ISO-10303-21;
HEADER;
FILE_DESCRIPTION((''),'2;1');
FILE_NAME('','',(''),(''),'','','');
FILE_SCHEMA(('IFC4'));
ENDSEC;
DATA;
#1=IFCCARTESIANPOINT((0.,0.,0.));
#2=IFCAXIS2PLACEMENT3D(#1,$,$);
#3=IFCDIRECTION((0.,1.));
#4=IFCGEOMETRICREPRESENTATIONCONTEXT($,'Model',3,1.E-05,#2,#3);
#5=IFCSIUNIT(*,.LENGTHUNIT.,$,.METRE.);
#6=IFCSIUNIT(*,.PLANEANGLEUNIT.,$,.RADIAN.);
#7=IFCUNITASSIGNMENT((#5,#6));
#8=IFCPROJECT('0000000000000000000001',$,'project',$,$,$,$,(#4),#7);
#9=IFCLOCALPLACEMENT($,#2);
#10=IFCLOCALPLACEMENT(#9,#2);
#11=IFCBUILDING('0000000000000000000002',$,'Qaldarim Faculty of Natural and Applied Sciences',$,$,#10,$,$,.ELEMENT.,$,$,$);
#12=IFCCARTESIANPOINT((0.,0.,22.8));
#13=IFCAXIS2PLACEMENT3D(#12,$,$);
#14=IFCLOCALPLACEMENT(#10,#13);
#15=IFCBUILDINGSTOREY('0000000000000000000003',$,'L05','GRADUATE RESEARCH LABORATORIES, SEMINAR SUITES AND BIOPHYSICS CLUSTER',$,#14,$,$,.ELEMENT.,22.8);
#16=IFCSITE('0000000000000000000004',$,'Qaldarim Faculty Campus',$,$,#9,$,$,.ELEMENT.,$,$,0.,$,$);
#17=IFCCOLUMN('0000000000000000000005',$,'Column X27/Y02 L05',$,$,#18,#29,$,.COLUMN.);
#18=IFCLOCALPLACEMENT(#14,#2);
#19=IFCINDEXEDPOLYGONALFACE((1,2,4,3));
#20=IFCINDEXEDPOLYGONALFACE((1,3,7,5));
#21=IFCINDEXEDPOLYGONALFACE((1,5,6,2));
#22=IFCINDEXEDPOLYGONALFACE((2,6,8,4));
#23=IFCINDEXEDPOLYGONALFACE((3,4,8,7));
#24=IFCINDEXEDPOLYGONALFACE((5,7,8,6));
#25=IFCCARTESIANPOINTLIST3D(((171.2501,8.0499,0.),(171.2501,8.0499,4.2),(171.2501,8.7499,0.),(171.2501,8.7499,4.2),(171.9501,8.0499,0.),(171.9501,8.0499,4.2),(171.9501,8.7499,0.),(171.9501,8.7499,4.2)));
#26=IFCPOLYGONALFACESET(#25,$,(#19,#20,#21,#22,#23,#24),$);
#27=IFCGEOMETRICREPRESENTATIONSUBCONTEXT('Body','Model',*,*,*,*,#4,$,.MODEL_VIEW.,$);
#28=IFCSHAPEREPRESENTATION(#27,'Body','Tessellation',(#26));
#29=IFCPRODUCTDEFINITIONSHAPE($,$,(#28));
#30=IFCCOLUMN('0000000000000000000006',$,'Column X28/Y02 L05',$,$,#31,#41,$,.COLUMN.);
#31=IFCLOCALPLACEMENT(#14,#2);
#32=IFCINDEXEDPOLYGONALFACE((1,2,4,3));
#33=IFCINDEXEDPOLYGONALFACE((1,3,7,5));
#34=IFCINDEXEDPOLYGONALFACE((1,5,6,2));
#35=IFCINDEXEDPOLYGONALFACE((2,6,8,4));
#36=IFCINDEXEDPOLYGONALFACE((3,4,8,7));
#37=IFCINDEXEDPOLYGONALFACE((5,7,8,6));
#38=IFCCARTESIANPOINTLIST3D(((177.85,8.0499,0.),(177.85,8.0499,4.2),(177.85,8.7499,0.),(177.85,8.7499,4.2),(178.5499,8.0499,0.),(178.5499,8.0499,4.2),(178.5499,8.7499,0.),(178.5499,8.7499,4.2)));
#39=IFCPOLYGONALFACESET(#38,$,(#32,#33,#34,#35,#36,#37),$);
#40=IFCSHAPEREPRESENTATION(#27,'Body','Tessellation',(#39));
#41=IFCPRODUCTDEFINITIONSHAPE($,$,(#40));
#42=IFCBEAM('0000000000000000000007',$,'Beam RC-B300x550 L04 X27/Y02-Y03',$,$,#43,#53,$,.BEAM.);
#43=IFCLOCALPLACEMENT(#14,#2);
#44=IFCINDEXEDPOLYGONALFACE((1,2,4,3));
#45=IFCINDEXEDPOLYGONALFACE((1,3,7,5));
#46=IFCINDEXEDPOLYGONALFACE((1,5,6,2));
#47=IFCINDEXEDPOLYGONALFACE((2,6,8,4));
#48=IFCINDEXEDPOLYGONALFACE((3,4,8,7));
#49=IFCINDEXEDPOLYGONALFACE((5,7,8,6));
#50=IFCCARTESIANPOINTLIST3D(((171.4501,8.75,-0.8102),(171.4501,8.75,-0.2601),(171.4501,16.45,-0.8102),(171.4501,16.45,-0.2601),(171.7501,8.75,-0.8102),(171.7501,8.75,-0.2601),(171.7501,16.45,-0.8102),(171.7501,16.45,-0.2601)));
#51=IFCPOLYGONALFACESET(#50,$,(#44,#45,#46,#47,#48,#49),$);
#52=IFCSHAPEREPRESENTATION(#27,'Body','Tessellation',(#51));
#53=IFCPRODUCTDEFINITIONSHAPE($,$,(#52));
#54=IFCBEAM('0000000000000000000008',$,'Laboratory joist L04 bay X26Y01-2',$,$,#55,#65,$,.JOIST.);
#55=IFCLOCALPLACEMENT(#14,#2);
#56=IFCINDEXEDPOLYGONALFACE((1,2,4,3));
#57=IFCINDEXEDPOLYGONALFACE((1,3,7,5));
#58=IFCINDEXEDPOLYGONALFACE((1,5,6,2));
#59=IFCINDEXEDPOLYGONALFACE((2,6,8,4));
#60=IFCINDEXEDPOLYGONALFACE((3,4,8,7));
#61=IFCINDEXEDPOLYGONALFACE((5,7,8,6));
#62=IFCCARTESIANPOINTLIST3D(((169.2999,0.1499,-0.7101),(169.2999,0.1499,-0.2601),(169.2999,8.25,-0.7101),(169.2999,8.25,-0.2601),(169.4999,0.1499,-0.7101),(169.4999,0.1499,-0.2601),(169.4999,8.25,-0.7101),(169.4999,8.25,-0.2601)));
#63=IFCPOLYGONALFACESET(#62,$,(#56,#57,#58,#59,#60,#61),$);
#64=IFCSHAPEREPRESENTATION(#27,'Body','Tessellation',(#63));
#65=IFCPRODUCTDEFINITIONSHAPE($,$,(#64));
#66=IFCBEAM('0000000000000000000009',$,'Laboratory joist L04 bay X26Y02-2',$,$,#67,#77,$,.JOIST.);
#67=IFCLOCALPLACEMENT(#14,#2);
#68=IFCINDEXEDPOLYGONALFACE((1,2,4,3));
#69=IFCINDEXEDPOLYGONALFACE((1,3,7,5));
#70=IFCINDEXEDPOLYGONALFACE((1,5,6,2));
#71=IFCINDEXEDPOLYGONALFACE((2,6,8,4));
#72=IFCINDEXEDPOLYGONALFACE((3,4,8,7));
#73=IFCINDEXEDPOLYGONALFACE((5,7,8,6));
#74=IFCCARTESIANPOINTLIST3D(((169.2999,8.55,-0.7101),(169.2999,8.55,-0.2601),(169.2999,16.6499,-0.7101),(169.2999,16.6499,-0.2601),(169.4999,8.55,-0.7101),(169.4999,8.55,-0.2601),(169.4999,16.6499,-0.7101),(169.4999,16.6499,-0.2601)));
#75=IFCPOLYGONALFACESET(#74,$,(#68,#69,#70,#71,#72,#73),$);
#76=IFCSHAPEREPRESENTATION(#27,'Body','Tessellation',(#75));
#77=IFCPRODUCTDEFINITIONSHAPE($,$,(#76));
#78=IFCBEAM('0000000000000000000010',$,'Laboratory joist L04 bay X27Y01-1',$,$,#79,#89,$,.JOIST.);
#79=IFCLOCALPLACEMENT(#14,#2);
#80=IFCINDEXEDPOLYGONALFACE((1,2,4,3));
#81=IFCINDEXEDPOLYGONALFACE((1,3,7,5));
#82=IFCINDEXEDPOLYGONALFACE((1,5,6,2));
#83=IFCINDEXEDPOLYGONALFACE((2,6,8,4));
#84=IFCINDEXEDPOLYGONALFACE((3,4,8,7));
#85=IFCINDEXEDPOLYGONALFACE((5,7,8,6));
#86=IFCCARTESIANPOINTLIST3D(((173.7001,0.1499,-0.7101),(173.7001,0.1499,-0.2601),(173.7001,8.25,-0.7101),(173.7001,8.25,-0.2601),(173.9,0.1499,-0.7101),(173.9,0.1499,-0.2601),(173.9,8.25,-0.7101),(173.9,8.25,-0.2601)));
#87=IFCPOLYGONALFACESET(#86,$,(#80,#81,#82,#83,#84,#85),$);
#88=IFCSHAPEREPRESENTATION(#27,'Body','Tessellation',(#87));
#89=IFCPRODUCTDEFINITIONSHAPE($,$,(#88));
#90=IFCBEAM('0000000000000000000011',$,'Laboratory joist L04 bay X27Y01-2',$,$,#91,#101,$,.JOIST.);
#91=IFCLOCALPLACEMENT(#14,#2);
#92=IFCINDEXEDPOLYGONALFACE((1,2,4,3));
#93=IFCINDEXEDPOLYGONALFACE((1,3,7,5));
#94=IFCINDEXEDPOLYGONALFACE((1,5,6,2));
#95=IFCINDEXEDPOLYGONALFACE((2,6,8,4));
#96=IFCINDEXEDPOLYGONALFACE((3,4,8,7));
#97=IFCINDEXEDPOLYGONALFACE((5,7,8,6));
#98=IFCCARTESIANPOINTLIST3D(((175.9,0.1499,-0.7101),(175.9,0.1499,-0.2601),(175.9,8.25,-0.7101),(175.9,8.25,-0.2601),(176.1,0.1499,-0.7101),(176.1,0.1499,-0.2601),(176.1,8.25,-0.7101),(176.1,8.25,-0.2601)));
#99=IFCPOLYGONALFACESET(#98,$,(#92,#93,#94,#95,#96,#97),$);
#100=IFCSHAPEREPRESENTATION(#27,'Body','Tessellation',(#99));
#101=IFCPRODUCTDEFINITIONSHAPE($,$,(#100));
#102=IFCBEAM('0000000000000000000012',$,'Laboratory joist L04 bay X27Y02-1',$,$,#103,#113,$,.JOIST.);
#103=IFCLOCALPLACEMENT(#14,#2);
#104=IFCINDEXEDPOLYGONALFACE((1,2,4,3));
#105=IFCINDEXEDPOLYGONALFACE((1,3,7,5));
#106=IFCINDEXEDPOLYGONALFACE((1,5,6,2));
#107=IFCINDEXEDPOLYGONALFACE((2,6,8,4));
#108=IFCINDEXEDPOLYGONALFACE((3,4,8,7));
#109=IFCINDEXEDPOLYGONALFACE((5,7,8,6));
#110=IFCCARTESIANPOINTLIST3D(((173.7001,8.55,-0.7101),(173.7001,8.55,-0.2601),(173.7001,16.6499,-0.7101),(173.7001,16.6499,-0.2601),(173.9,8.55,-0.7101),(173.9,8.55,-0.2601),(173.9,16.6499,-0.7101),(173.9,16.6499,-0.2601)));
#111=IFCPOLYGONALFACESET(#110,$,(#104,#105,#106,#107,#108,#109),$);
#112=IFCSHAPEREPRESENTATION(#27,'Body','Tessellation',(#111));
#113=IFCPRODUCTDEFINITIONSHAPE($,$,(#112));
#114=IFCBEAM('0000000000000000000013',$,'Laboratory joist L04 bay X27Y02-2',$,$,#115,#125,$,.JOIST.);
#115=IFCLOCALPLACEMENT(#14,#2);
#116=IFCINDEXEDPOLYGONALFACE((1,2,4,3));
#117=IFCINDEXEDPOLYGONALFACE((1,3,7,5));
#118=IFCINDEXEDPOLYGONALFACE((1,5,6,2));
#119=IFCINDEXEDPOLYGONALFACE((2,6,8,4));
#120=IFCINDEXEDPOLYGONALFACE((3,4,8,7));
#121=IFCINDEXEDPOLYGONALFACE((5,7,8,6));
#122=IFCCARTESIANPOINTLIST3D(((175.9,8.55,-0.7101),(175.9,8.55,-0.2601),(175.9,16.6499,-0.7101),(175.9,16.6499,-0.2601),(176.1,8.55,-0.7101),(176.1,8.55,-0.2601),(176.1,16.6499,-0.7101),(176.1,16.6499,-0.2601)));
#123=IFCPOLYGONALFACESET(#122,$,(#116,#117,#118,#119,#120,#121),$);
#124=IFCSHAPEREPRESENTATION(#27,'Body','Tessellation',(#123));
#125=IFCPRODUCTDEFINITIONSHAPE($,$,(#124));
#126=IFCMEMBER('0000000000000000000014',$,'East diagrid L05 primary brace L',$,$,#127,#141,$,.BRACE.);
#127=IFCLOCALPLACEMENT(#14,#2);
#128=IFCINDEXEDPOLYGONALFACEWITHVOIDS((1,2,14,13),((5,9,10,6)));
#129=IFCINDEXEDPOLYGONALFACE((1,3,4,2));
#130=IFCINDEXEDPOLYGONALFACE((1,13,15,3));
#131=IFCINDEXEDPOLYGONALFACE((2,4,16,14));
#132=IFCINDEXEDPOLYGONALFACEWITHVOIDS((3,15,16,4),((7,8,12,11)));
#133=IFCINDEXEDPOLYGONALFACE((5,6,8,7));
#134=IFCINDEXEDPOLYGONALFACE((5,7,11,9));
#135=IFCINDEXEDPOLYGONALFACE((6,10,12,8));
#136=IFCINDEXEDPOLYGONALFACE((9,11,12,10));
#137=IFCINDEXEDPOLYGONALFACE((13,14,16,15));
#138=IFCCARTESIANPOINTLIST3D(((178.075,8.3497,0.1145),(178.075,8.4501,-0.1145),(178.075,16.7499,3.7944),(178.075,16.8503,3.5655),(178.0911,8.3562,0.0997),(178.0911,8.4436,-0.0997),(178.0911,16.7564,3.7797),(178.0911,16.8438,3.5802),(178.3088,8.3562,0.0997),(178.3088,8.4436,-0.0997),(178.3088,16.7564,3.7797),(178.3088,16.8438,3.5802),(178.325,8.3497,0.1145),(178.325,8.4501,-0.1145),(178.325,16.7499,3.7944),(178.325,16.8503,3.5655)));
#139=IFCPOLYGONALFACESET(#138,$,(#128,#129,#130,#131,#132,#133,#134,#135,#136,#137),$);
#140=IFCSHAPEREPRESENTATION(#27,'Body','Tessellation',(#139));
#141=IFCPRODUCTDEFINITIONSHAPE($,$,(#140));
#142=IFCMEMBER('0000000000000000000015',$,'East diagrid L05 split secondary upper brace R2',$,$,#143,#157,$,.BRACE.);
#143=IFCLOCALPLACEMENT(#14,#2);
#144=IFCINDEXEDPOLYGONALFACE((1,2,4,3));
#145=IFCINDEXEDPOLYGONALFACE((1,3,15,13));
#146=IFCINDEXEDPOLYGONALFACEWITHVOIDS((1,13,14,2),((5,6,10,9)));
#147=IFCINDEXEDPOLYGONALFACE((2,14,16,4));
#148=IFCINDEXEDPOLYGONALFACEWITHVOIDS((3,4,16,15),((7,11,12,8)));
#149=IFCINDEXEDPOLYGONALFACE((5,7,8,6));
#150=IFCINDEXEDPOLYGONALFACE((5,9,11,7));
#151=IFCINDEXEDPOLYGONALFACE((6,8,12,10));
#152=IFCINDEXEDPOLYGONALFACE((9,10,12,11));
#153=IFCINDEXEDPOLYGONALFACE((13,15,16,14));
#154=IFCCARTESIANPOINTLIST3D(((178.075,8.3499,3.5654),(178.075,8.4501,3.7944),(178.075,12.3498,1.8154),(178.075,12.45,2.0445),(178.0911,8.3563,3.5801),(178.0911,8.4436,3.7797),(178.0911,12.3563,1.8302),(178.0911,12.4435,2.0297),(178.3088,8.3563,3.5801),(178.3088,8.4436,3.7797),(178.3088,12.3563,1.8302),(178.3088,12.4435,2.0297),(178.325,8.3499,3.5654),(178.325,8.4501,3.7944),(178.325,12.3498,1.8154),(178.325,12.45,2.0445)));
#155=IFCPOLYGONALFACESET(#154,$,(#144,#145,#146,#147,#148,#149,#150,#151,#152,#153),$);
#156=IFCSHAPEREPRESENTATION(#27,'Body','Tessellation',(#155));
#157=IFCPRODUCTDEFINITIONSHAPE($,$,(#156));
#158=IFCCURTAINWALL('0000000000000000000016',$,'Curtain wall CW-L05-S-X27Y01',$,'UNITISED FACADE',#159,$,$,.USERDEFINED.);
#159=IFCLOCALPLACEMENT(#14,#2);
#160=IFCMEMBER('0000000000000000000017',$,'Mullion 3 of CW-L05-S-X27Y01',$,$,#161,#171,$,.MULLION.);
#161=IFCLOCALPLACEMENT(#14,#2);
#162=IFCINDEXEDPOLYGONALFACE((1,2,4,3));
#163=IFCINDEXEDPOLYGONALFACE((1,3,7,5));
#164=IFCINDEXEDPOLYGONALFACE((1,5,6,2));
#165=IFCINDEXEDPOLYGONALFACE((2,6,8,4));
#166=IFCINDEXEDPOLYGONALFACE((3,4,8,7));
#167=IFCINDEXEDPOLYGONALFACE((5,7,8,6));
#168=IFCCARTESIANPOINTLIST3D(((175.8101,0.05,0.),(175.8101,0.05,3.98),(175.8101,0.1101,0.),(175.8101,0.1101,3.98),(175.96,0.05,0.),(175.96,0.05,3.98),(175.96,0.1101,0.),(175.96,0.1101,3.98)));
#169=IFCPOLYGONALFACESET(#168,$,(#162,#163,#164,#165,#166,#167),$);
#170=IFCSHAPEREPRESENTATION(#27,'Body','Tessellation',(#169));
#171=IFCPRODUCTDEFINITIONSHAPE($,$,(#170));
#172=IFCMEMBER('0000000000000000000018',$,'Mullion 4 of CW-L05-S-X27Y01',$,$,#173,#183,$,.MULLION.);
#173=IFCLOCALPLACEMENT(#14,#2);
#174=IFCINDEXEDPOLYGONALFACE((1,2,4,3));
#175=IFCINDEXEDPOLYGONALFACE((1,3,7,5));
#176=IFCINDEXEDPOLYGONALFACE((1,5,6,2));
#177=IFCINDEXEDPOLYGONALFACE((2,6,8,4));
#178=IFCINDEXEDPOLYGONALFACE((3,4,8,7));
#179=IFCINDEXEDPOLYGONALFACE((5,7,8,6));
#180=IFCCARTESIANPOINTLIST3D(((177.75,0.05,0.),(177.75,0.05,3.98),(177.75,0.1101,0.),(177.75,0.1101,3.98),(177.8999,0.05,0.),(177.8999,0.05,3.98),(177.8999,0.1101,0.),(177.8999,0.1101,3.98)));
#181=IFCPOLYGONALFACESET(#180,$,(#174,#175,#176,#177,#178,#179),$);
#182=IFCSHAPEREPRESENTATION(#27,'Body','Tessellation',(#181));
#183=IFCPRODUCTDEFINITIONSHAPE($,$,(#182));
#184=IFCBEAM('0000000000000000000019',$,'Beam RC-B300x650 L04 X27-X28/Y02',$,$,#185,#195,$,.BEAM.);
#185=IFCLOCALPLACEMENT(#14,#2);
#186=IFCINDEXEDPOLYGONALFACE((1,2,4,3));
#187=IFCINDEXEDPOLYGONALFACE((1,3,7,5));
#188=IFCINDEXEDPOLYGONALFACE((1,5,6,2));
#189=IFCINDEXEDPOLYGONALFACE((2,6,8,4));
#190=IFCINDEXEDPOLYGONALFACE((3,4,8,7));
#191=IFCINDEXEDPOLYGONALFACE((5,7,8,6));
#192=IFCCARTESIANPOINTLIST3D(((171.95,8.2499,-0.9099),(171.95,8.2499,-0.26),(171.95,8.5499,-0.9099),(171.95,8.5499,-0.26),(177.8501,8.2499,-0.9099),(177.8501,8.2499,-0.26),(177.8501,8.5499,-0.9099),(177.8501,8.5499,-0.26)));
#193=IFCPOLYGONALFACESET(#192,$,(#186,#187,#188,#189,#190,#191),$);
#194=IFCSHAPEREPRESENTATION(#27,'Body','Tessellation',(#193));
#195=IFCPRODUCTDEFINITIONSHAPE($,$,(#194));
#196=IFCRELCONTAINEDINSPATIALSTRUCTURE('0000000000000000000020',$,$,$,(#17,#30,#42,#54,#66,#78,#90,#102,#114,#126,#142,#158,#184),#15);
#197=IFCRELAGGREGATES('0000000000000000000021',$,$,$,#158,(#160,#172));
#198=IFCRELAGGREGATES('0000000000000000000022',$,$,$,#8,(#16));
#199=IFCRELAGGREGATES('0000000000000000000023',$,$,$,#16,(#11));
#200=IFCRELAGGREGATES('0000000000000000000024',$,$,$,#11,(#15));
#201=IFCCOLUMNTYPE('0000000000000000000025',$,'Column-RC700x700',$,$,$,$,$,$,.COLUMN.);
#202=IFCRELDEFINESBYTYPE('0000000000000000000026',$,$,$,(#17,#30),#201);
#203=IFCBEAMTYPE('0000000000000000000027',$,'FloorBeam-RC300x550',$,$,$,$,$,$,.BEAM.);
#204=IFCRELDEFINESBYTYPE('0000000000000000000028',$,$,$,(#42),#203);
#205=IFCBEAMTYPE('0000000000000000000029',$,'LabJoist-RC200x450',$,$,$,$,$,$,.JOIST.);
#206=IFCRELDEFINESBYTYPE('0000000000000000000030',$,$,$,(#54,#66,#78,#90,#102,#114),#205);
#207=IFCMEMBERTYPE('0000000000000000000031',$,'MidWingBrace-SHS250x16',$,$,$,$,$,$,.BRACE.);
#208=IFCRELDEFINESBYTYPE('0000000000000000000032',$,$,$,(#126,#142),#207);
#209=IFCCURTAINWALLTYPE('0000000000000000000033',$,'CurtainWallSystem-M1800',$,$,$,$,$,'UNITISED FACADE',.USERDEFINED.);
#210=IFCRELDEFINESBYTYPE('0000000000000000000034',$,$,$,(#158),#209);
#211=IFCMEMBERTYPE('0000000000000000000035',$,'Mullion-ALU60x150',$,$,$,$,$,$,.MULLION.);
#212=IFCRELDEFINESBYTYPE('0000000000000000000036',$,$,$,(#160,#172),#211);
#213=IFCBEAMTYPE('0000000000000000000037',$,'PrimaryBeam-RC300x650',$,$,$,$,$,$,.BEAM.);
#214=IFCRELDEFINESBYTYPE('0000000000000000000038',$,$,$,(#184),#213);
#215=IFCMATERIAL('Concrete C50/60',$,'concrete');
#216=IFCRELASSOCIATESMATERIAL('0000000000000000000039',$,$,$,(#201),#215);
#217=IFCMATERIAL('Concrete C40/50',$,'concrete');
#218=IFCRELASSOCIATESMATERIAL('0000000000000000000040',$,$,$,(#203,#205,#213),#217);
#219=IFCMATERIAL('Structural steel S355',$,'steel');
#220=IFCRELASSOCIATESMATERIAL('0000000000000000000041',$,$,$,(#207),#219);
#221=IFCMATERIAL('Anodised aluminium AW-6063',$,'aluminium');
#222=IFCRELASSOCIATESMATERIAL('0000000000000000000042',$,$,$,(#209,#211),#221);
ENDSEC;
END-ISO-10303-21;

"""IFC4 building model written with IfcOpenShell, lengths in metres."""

from ifc_helpers import new_model, si_unit, direction, frame, origin, origin_2d, place, context, subcontext, project, spatial, rectangle, hollow_rectangle, extrude, material, material_profile, profile_set, type_object, element, aggregate, save


model = new_model("IFC4")

# Units and contexts
model_context = context("Model", 3, precision=1e-05, world=origin(), true_north=direction((0.0, 1.0)))
body_context = subcontext(model_context, "Body", "Model", "MODEL_VIEW")
ifc_project = project(units=[si_unit("LENGTHUNIT", "METRE"), si_unit("PLANEANGLEUNIT", "RADIAN")], contexts=[model_context])

# Site, building, storey
site_placement = place(None, origin())
site = spatial("IfcSite", under=ifc_project, at=site_placement, Name="Qaldarim Faculty Campus", CompositionType="ELEMENT", RefElevation=0.0)
building_placement = place(site_placement, origin())
building = spatial("IfcBuilding", under=site, at=building_placement, Name="Qaldarim Faculty of Natural and Applied Sciences", CompositionType="ELEMENT")
storey_placement = place(building_placement, frame((0.0, 0.0, 22.8)))
storey = spatial("IfcBuildingStorey", under=building, at=storey_placement, Name="L05", Description="GRADUATE RESEARCH LABORATORIES, SEMINAR SUITES AND BIOPHYSICS CLUSTER", CompositionType="ELEMENT", Elevation=22.8)

# Columns
ifc_material_1 = material(Name="Concrete C50/60", Category="concrete")
ifc_material_profile_1 = material_profile(ifc_material_1, rectangle(XDim=0.7, YDim=0.7, at=origin_2d()), Name="RC-C700x700")
ifc_profile_set_1 = profile_set([ifc_material_profile_1], Name="Concrete C50/60")
column_type = type_object("IfcColumnType", Name="Column-RC700x700", PredefinedType="COLUMN", material=ifc_profile_set_1)
for number, where, z_axis, x_axis, name in (
    (1, (171.6001, 8.3999, 0.0), (0.0, 0.0, 1.0), (1.0, 0.0, 0.0), "Column X27/Y02 L05"),
    (2, (178.2, 8.3999, 0.0), (0.0, 0.0, 1.0), (1.0, 0.0, 0.0), "Column X28/Y02 L05"),
):
    element("IfcColumn", number, at=place(storey_placement, frame(where, z_axis=z_axis, x_axis=x_axis)), inside=storey, type_object=column_type, Name=name, PredefinedType="COLUMN", context=body_context, shape_type="SweptSolid", body=[
        extrude(rectangle(XDim=0.7, YDim=0.7, at=origin_2d()), origin(), (0.0, 0.0, 1.0), 4.2),
    ])

# Beams
ifc_material_2 = material(Name="Concrete C40/50", Category="concrete")
ifc_material_profile_2 = material_profile(ifc_material_2, rectangle(XDim=0.3, YDim=0.55, at=origin_2d()), Name="RC-B300x550")
ifc_profile_set_2 = profile_set([ifc_material_profile_2], Name="Concrete C40/50")
beam_type_1 = type_object("IfcBeamType", Name="FloorBeam-RC300x550", PredefinedType="BEAM", material=ifc_profile_set_2)
beam_1_placement = place(storey_placement, frame((171.6001, 8.75, -0.5352), z_axis=(0.0, 1.0, 0.0), x_axis=(-1.0, 0.0, 0.0)))
element("IfcBeam", 3, at=beam_1_placement, inside=storey, type_object=beam_type_1, Name="Beam RC-B300x550 L04 X27/Y02-Y03", PredefinedType="BEAM", context=body_context, shape_type="SweptSolid", body=[
    extrude(rectangle(XDim=0.3, YDim=0.55, at=origin_2d()), origin(), (0.0, 0.0, 1.0), 7.7),
])
ifc_material_profile_3 = material_profile(ifc_material_2, rectangle(XDim=0.2, YDim=0.45, at=origin_2d()), Name="RC-J200x450")
ifc_profile_set_3 = profile_set([ifc_material_profile_3], Name="Concrete C40/50")
beam_type_2 = type_object("IfcBeamType", Name="LabJoist-RC200x450", PredefinedType="JOIST", material=ifc_profile_set_3)
beam_2_placement = place(storey_placement, frame((169.3999, 0.1499, -0.4851), z_axis=(0.0, 1.0, 0.0), x_axis=(-1.0, 0.0, 0.0)))
element("IfcBeam", 4, at=beam_2_placement, inside=storey, type_object=beam_type_2, Name="Laboratory joist L04 bay X26Y01-2", PredefinedType="JOIST", context=body_context, shape_type="SweptSolid", body=[
    extrude(rectangle(XDim=0.2, YDim=0.45, at=origin_2d()), origin(), (0.0, 0.0, 1.0), 8.1001),
])
beam_3_placement = place(storey_placement, frame((169.3999, 8.55, -0.4851), z_axis=(0.0, 1.0, 0.0), x_axis=(-1.0, 0.0, 0.0)))
element("IfcBeam", 5, at=beam_3_placement, inside=storey, type_object=beam_type_2, Name="Laboratory joist L04 bay X26Y02-2", PredefinedType="JOIST", context=body_context, shape_type="SweptSolid", body=[
    extrude(rectangle(XDim=0.2, YDim=0.45, at=origin_2d()), origin(), (0.0, 0.0, 1.0), 8.0999),
])
for number, where, z_axis, x_axis, name in (
    (6, (173.8, 0.1499, -0.4851), (0.0, 1.0, 0.0), (-1.0, 0.0, 0.0), "Laboratory joist L04 bay X27Y01-1"),
    (7, (176.0, 0.1499, -0.4851), (0.0, 1.0, 0.0), (-1.0, 0.0, 0.0), "Laboratory joist L04 bay X27Y01-2"),
):
    element("IfcBeam", number, at=place(storey_placement, frame(where, z_axis=z_axis, x_axis=x_axis)), inside=storey, type_object=beam_type_2, Name=name, PredefinedType="JOIST", context=body_context, shape_type="SweptSolid", body=[
        extrude(rectangle(XDim=0.2, YDim=0.45, at=origin_2d()), origin(), (0.0, 0.0, 1.0), 8.1001),
    ])
for number, where, z_axis, x_axis, name in (
    (8, (173.8, 8.55, -0.4851), (0.0, 1.0, 0.0), (-1.0, 0.0, 0.0), "Laboratory joist L04 bay X27Y02-1"),
    (9, (176.0, 8.55, -0.4851), (0.0, 1.0, 0.0), (-1.0, 0.0, 0.0), "Laboratory joist L04 bay X27Y02-2"),
):
    element("IfcBeam", number, at=place(storey_placement, frame(where, z_axis=z_axis, x_axis=x_axis)), inside=storey, type_object=beam_type_2, Name=name, PredefinedType="JOIST", context=body_context, shape_type="SweptSolid", body=[
        extrude(rectangle(XDim=0.2, YDim=0.45, at=origin_2d()), origin(), (0.0, 0.0, 1.0), 8.0999),
    ])

# Members
ifc_material_3 = material(Name="Structural steel S355", Category="steel")
ifc_material_profile_4 = material_profile(ifc_material_3, hollow_rectangle(XDim=0.25, YDim=0.25, WallThickness=0.0161, at=origin_2d()), Name="SHS 250x250x16.0")
ifc_profile_set_4 = profile_set([ifc_material_profile_4], Name="Structural steel S355")
member_type_1 = type_object("IfcMemberType", Name="MidWingBrace-SHS250x16", PredefinedType="BRACE", material=ifc_profile_set_4)
member_1_placement = place(storey_placement, frame((178.2, 8.3999, 0.0), z_axis=(0.0, 0.915962, 0.401264), x_axis=(-1.0, 0.0, 0.0)))
element("IfcMember", 10, at=member_1_placement, inside=storey, type_object=member_type_1, Name="East diagrid L05 primary brace L", PredefinedType="BRACE", context=body_context, shape_type="SweptSolid", body=[
    extrude(hollow_rectangle(XDim=0.25, YDim=0.25, WallThickness=0.0161, at=origin_2d()), origin(), (0.0, 0.0, 1.0), 9.1709),
])
member_2_placement = place(storey_placement, frame((178.2, 12.3999, 1.9299), z_axis=(0.0, -0.916157, 0.400819), x_axis=(1.0, 0.0, 0.0)))
element("IfcMember", 11, at=member_2_placement, inside=storey, type_object=member_type_1, Name="East diagrid L05 split secondary upper brace R2", PredefinedType="BRACE", context=body_context, shape_type="SweptSolid", body=[
    extrude(hollow_rectangle(XDim=0.25, YDim=0.25, WallThickness=0.0161, at=origin_2d()), origin(), (0.0, 0.0, 1.0), 4.366),
])

# Curtain wall, members
ifc_material_4 = material(Name="Anodised aluminium AW-6063", Category="aluminium")
curtain_wall_type = type_object("IfcCurtainWallType", Name="CurtainWallSystem-M1800", ElementType="UNITISED FACADE", PredefinedType="USERDEFINED", material=ifc_material_4)
curtain_wall_placement = place(storey_placement, origin())
curtain_wall = element("IfcCurtainWall", 12, at=curtain_wall_placement, inside=storey, type_object=curtain_wall_type, Name="Curtain wall CW-L05-S-X27Y01", ObjectType="UNITISED FACADE", PredefinedType="USERDEFINED")
ifc_material_profile_5 = material_profile(ifc_material_4, rectangle(XDim=0.0601, YDim=0.1499, at=origin_2d()), Name="ALU-M60x150")
ifc_profile_set_5 = profile_set([ifc_material_profile_5], Name="Anodised aluminium AW-6063")
member_type_2 = type_object("IfcMemberType", Name="Mullion-ALU60x150", PredefinedType="MULLION", material=ifc_profile_set_5)
member_3_placement = place(storey_placement, frame((175.885, 0.0801, 0.0), z_axis=(0.0, 0.0, 1.0), x_axis=(0.0, 1.0, 0.0)))
member_3 = element("IfcMember", 13, at=member_3_placement, type_object=member_type_2, Name="Mullion 3 of CW-L05-S-X27Y01", PredefinedType="MULLION", context=body_context, shape_type="SweptSolid", body=[
    extrude(rectangle(XDim=0.0601, YDim=0.1499, at=origin_2d()), origin(), (0.0, 0.0, 1.0), 3.98),
])
member_4_placement = place(storey_placement, frame((177.825, 0.0801, 0.0), z_axis=(0.0, 0.0, 1.0), x_axis=(0.0, 1.0, 0.0)))
member_4 = element("IfcMember", 14, at=member_4_placement, type_object=member_type_2, Name="Mullion 4 of CW-L05-S-X27Y01", PredefinedType="MULLION", context=body_context, shape_type="SweptSolid", body=[
    extrude(rectangle(XDim=0.0601, YDim=0.1499, at=origin_2d()), origin(), (0.0, 0.0, 1.0), 3.98),
])

# Beam
ifc_material_profile_6 = material_profile(ifc_material_2, rectangle(XDim=0.3, YDim=0.6499, at=origin_2d()), Name="RC-B300x650")
ifc_profile_set_6 = profile_set([ifc_material_profile_6], Name="Concrete C40/50")
beam_type_3 = type_object("IfcBeamType", Name="PrimaryBeam-RC300x650", PredefinedType="BEAM", material=ifc_profile_set_6)
beam_4_placement = place(storey_placement, frame((171.95, 8.3999, -0.585), z_axis=(1.0, 0.0, 0.0), x_axis=(0.0, 1.0, 0.0)))
element("IfcBeam", 15, at=beam_4_placement, inside=storey, type_object=beam_type_3, Name="Beam RC-B300x650 L04 X27-X28/Y02", PredefinedType="BEAM", context=body_context, shape_type="SweptSolid", body=[
    extrude(rectangle(XDim=0.3, YDim=0.6499, at=origin_2d()), origin(), (0.0, 0.0, 1.0), 5.9001),
])

aggregate(curtain_wall, [member_3, member_4])

save(model, "model.ifc")
